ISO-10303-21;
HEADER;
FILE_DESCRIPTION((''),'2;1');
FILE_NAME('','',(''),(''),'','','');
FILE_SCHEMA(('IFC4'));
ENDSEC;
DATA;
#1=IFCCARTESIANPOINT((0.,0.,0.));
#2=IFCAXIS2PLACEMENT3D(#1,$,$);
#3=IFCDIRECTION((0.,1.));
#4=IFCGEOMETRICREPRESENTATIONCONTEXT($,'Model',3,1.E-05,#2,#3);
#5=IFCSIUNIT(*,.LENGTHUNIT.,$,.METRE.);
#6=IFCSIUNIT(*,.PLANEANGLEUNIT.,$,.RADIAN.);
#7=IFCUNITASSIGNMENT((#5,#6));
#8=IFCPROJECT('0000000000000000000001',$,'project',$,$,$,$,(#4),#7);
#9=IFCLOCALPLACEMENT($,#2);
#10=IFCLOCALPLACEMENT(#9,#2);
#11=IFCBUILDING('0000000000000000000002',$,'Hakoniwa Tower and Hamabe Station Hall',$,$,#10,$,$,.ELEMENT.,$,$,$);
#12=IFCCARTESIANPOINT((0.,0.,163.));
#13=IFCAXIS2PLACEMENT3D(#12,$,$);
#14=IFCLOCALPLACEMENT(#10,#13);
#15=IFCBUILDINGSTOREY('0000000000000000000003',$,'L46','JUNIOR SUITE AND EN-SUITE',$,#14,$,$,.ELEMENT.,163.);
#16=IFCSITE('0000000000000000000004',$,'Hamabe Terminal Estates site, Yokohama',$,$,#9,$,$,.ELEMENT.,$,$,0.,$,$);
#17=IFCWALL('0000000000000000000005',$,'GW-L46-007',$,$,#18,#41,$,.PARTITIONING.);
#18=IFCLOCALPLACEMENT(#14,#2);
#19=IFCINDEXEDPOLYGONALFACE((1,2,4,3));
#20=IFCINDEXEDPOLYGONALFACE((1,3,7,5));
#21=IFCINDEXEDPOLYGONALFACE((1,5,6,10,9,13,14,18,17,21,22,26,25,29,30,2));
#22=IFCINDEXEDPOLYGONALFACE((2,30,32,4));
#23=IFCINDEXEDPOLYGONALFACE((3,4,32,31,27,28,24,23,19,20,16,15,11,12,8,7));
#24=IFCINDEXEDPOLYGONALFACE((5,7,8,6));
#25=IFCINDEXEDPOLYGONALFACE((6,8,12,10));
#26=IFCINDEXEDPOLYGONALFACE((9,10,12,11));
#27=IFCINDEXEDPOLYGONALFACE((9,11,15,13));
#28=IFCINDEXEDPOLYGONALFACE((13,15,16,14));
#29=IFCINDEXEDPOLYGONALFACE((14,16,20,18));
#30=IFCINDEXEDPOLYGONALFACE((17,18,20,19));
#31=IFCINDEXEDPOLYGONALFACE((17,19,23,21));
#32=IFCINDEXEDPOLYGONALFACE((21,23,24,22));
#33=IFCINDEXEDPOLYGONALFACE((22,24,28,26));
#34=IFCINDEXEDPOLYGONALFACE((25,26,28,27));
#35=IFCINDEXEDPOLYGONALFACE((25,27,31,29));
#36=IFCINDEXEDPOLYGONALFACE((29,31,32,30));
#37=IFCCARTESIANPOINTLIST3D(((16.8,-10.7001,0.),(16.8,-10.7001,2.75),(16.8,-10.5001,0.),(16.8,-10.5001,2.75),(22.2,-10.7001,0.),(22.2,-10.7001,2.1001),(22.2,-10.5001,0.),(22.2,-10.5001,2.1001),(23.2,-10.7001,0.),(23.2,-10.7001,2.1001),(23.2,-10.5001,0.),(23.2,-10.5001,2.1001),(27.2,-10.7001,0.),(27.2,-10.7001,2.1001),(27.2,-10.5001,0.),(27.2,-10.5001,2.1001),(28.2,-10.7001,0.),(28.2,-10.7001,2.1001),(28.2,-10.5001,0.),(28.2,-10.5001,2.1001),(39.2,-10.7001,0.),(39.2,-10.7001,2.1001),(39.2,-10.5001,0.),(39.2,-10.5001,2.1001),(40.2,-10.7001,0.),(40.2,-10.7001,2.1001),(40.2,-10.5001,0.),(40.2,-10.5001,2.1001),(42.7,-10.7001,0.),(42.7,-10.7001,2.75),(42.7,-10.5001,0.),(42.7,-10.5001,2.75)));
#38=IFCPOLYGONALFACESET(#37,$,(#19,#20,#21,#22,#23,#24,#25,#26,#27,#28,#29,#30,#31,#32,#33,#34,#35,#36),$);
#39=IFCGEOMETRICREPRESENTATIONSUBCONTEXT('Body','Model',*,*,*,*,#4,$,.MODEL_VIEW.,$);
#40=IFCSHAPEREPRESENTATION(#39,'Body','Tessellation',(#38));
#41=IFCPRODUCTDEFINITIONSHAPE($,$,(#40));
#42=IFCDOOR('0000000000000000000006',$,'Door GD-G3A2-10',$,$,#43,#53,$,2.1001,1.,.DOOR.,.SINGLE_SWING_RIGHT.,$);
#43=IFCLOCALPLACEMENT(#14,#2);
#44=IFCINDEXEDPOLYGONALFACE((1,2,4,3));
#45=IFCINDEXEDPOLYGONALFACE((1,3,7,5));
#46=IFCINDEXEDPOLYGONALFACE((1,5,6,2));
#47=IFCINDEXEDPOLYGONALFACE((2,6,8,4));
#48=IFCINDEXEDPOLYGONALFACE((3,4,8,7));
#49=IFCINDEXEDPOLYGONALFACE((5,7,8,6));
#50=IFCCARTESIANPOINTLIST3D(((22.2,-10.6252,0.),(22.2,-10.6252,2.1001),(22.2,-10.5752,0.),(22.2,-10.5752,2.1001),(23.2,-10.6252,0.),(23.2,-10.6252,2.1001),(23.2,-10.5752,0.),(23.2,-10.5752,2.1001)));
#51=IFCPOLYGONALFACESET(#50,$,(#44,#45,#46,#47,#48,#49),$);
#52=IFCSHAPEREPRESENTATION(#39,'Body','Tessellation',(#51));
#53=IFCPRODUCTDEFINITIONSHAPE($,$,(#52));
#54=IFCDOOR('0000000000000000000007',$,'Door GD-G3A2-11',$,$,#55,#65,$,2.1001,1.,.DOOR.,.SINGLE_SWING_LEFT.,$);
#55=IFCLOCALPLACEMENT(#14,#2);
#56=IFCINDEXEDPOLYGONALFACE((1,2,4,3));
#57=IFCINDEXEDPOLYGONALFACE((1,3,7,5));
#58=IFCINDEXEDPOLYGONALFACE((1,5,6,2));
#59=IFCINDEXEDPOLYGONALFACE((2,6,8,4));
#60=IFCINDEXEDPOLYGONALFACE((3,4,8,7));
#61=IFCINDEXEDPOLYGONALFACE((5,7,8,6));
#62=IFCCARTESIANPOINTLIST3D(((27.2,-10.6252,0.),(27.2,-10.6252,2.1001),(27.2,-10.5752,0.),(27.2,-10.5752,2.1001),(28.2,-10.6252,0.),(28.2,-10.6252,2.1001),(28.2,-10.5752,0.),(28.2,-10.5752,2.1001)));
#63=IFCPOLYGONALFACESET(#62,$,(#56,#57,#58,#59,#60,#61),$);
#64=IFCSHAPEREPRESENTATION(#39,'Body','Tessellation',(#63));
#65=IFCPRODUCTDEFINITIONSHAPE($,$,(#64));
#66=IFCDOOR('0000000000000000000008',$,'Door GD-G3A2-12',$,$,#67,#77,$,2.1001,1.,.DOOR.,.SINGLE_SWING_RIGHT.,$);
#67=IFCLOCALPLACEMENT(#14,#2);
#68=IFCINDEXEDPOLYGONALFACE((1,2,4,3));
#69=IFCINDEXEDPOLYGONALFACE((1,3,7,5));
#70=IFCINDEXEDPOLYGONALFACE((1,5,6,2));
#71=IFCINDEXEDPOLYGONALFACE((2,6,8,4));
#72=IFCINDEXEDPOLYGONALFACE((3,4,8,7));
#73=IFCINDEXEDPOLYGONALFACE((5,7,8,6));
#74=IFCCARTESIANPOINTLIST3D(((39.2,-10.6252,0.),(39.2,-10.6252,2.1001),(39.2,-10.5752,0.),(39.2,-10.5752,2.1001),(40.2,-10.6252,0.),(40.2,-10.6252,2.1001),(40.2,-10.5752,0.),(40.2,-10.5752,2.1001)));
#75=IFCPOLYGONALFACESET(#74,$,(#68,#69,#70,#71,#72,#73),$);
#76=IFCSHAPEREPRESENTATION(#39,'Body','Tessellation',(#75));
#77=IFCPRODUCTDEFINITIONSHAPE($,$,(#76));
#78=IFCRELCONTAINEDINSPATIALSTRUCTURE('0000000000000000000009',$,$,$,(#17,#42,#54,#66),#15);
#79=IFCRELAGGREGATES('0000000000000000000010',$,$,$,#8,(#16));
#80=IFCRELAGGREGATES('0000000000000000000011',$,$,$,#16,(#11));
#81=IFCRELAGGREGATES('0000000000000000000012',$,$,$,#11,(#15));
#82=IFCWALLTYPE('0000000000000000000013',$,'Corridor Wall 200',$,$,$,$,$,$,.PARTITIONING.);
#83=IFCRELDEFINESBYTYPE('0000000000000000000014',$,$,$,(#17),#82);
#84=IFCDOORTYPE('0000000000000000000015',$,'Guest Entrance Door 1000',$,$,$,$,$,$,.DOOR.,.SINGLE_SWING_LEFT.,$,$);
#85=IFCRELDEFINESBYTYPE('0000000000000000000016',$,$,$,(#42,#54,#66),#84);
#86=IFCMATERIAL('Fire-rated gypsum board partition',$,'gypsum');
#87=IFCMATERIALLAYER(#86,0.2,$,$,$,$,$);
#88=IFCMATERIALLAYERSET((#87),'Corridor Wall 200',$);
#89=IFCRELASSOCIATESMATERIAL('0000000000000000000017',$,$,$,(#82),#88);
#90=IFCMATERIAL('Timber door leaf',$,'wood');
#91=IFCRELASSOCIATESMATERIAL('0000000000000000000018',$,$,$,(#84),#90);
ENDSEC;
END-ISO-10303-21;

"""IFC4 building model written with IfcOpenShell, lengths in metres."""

from ifc_helpers import new_model, si_unit, direction, frame, frame_2d, origin, place, context, subcontext, project, spatial, rectangle, extrude, material, layer, layer_set, type_object, element, fill, save


model = new_model("IFC4")

# Units and contexts
model_context = context("Model", 3, precision=1e-05, world=origin(), true_north=direction((0.0, 1.0)))
body_context = subcontext(model_context, "Body", "Model", "MODEL_VIEW")
ifc_project = project(units=[si_unit("LENGTHUNIT", "METRE"), si_unit("PLANEANGLEUNIT", "RADIAN")], contexts=[model_context])

# Site, building, storey
site_placement = place(None, origin())
site = spatial("IfcSite", under=ifc_project, at=site_placement, Name="Hamabe Terminal Estates site, Yokohama", CompositionType="ELEMENT", RefElevation=0.0)
building_placement = place(site_placement, origin())
building = spatial("IfcBuilding", under=site, at=building_placement, Name="Hakoniwa Tower and Hamabe Station Hall", CompositionType="ELEMENT")
storey_placement = place(building_placement, frame((0.0, 0.0, 163.0)))
storey = spatial("IfcBuildingStorey", under=building, at=storey_placement, Name="L46", Description="JUNIOR SUITE AND EN-SUITE", CompositionType="ELEMENT", Elevation=163.0)

# Wall, openings, doors
ifc_material_1 = material(Name="Fire-rated gypsum board partition", Category="gypsum")
ifc_layer_1 = layer(ifc_material_1, 0.2)
ifc_layer_set_1 = layer_set([ifc_layer_1], Name="Corridor Wall 200")
wall_type_1 = type_object("IfcWallType", Name="Corridor Wall 200", PredefinedType="PARTITIONING", material=ifc_layer_set_1)
wall_1_placement = place(storey_placement, frame((16.8, -10.6001, 0.0), z_axis=(0.0, 0.0, 1.0), x_axis=(1.0, 0.0, 0.0)))
wall_1 = element("IfcWall", 1, at=wall_1_placement, inside=storey, type_object=wall_type_1, Name="GW-L46-007", PredefinedType="PARTITIONING", context=body_context, shape_type="SweptSolid", body=[
    extrude(rectangle(XDim=25.8999, YDim=0.2, at=frame_2d((12.95, 0.0))), origin(), (0.0, 0.0, 1.0), 2.75),
])
opening_1_placement = place(wall_1_placement, frame((5.3999, 0.0, 0.0)))
opening_1 = element("IfcOpeningElement", 2, at=opening_1_placement, cuts=wall_1, PredefinedType="OPENING", context=body_context, shape_type="SweptSolid", body=[
    extrude(rectangle(XDim=1.0, YDim=2.1001, at=frame_2d((0.5, 1.05))), frame((0.0, 0.1099, 0.0), z_axis=(0.0, -1.0, 0.0), x_axis=(1.0, 0.0, 0.0)), (0.0, 0.0, 1.0), 0.22),
])
opening_2_placement = place(wall_1_placement, frame((10.3999, 0.0, 0.0)))
opening_2 = element("IfcOpeningElement", 3, at=opening_2_placement, cuts=wall_1, PredefinedType="OPENING", context=body_context, shape_type="SweptSolid", body=[
    extrude(rectangle(XDim=1.0, YDim=2.1001, at=frame_2d((0.5, 1.05))), frame((0.0, 0.1099, 0.0), z_axis=(0.0, -1.0, 0.0), x_axis=(1.0, 0.0, 0.0)), (0.0, 0.0, 1.0), 0.22),
])
opening_3_placement = place(wall_1_placement, frame((22.3999, 0.0, 0.0)))
opening_3 = element("IfcOpeningElement", 4, at=opening_3_placement, cuts=wall_1, PredefinedType="OPENING", context=body_context, shape_type="SweptSolid", body=[
    extrude(rectangle(XDim=1.0, YDim=2.1001, at=frame_2d((0.5, 1.05))), frame((0.0, 0.1099, 0.0), z_axis=(0.0, -1.0, 0.0), x_axis=(1.0, 0.0, 0.0)), (0.0, 0.0, 1.0), 0.22),
])
ifc_material_2 = material(Name="Timber door leaf", Category="wood")
door_type_1 = type_object("IfcDoorType", Name="Guest Entrance Door 1000", OperationType="SINGLE_SWING_LEFT", PredefinedType="DOOR", material=ifc_material_2)
door_1_placement = place(opening_1_placement, origin())
door_1 = element("IfcDoor", 5, at=door_1_placement, inside=storey, type_object=door_type_1, Name="Door GD-G3A2-10", OperationType="SINGLE_SWING_RIGHT", OverallHeight=2.1001, OverallWidth=1.0, PredefinedType="DOOR", context=body_context, shape_type="SweptSolid", body=[
    extrude(rectangle(XDim=1.0, YDim=2.1001, at=frame_2d((0.5, 1.05))), frame((0.0, 0.0249, 0.0), z_axis=(0.0, -1.0, 0.0), x_axis=(1.0, 0.0, 0.0)), (0.0, 0.0, 1.0), 0.05),
])
fill(opening_1, door_1)
door_2_placement = place(opening_2_placement, origin())
door_2 = element("IfcDoor", 6, at=door_2_placement, inside=storey, type_object=door_type_1, Name="Door GD-G3A2-11", OperationType="SINGLE_SWING_LEFT", OverallHeight=2.1001, OverallWidth=1.0, PredefinedType="DOOR", context=body_context, shape_type="SweptSolid", body=[
    extrude(rectangle(XDim=1.0, YDim=2.1001, at=frame_2d((0.5, 1.05))), frame((0.0, 0.0249, 0.0), z_axis=(0.0, -1.0, 0.0), x_axis=(1.0, 0.0, 0.0)), (0.0, 0.0, 1.0), 0.05),
])
fill(opening_2, door_2)
door_3_placement = place(opening_3_placement, origin())
door_3 = element("IfcDoor", 7, at=door_3_placement, inside=storey, type_object=door_type_1, Name="Door GD-G3A2-12", OperationType="SINGLE_SWING_RIGHT", OverallHeight=2.1001, OverallWidth=1.0, PredefinedType="DOOR", context=body_context, shape_type="SweptSolid", body=[
    extrude(rectangle(XDim=1.0, YDim=2.1001, at=frame_2d((0.5, 1.05))), frame((0.0, 0.0249, 0.0), z_axis=(0.0, -1.0, 0.0), x_axis=(1.0, 0.0, 0.0)), (0.0, 0.0, 1.0), 0.05),
])
fill(opening_3, door_3)

save(model, "model.ifc")
